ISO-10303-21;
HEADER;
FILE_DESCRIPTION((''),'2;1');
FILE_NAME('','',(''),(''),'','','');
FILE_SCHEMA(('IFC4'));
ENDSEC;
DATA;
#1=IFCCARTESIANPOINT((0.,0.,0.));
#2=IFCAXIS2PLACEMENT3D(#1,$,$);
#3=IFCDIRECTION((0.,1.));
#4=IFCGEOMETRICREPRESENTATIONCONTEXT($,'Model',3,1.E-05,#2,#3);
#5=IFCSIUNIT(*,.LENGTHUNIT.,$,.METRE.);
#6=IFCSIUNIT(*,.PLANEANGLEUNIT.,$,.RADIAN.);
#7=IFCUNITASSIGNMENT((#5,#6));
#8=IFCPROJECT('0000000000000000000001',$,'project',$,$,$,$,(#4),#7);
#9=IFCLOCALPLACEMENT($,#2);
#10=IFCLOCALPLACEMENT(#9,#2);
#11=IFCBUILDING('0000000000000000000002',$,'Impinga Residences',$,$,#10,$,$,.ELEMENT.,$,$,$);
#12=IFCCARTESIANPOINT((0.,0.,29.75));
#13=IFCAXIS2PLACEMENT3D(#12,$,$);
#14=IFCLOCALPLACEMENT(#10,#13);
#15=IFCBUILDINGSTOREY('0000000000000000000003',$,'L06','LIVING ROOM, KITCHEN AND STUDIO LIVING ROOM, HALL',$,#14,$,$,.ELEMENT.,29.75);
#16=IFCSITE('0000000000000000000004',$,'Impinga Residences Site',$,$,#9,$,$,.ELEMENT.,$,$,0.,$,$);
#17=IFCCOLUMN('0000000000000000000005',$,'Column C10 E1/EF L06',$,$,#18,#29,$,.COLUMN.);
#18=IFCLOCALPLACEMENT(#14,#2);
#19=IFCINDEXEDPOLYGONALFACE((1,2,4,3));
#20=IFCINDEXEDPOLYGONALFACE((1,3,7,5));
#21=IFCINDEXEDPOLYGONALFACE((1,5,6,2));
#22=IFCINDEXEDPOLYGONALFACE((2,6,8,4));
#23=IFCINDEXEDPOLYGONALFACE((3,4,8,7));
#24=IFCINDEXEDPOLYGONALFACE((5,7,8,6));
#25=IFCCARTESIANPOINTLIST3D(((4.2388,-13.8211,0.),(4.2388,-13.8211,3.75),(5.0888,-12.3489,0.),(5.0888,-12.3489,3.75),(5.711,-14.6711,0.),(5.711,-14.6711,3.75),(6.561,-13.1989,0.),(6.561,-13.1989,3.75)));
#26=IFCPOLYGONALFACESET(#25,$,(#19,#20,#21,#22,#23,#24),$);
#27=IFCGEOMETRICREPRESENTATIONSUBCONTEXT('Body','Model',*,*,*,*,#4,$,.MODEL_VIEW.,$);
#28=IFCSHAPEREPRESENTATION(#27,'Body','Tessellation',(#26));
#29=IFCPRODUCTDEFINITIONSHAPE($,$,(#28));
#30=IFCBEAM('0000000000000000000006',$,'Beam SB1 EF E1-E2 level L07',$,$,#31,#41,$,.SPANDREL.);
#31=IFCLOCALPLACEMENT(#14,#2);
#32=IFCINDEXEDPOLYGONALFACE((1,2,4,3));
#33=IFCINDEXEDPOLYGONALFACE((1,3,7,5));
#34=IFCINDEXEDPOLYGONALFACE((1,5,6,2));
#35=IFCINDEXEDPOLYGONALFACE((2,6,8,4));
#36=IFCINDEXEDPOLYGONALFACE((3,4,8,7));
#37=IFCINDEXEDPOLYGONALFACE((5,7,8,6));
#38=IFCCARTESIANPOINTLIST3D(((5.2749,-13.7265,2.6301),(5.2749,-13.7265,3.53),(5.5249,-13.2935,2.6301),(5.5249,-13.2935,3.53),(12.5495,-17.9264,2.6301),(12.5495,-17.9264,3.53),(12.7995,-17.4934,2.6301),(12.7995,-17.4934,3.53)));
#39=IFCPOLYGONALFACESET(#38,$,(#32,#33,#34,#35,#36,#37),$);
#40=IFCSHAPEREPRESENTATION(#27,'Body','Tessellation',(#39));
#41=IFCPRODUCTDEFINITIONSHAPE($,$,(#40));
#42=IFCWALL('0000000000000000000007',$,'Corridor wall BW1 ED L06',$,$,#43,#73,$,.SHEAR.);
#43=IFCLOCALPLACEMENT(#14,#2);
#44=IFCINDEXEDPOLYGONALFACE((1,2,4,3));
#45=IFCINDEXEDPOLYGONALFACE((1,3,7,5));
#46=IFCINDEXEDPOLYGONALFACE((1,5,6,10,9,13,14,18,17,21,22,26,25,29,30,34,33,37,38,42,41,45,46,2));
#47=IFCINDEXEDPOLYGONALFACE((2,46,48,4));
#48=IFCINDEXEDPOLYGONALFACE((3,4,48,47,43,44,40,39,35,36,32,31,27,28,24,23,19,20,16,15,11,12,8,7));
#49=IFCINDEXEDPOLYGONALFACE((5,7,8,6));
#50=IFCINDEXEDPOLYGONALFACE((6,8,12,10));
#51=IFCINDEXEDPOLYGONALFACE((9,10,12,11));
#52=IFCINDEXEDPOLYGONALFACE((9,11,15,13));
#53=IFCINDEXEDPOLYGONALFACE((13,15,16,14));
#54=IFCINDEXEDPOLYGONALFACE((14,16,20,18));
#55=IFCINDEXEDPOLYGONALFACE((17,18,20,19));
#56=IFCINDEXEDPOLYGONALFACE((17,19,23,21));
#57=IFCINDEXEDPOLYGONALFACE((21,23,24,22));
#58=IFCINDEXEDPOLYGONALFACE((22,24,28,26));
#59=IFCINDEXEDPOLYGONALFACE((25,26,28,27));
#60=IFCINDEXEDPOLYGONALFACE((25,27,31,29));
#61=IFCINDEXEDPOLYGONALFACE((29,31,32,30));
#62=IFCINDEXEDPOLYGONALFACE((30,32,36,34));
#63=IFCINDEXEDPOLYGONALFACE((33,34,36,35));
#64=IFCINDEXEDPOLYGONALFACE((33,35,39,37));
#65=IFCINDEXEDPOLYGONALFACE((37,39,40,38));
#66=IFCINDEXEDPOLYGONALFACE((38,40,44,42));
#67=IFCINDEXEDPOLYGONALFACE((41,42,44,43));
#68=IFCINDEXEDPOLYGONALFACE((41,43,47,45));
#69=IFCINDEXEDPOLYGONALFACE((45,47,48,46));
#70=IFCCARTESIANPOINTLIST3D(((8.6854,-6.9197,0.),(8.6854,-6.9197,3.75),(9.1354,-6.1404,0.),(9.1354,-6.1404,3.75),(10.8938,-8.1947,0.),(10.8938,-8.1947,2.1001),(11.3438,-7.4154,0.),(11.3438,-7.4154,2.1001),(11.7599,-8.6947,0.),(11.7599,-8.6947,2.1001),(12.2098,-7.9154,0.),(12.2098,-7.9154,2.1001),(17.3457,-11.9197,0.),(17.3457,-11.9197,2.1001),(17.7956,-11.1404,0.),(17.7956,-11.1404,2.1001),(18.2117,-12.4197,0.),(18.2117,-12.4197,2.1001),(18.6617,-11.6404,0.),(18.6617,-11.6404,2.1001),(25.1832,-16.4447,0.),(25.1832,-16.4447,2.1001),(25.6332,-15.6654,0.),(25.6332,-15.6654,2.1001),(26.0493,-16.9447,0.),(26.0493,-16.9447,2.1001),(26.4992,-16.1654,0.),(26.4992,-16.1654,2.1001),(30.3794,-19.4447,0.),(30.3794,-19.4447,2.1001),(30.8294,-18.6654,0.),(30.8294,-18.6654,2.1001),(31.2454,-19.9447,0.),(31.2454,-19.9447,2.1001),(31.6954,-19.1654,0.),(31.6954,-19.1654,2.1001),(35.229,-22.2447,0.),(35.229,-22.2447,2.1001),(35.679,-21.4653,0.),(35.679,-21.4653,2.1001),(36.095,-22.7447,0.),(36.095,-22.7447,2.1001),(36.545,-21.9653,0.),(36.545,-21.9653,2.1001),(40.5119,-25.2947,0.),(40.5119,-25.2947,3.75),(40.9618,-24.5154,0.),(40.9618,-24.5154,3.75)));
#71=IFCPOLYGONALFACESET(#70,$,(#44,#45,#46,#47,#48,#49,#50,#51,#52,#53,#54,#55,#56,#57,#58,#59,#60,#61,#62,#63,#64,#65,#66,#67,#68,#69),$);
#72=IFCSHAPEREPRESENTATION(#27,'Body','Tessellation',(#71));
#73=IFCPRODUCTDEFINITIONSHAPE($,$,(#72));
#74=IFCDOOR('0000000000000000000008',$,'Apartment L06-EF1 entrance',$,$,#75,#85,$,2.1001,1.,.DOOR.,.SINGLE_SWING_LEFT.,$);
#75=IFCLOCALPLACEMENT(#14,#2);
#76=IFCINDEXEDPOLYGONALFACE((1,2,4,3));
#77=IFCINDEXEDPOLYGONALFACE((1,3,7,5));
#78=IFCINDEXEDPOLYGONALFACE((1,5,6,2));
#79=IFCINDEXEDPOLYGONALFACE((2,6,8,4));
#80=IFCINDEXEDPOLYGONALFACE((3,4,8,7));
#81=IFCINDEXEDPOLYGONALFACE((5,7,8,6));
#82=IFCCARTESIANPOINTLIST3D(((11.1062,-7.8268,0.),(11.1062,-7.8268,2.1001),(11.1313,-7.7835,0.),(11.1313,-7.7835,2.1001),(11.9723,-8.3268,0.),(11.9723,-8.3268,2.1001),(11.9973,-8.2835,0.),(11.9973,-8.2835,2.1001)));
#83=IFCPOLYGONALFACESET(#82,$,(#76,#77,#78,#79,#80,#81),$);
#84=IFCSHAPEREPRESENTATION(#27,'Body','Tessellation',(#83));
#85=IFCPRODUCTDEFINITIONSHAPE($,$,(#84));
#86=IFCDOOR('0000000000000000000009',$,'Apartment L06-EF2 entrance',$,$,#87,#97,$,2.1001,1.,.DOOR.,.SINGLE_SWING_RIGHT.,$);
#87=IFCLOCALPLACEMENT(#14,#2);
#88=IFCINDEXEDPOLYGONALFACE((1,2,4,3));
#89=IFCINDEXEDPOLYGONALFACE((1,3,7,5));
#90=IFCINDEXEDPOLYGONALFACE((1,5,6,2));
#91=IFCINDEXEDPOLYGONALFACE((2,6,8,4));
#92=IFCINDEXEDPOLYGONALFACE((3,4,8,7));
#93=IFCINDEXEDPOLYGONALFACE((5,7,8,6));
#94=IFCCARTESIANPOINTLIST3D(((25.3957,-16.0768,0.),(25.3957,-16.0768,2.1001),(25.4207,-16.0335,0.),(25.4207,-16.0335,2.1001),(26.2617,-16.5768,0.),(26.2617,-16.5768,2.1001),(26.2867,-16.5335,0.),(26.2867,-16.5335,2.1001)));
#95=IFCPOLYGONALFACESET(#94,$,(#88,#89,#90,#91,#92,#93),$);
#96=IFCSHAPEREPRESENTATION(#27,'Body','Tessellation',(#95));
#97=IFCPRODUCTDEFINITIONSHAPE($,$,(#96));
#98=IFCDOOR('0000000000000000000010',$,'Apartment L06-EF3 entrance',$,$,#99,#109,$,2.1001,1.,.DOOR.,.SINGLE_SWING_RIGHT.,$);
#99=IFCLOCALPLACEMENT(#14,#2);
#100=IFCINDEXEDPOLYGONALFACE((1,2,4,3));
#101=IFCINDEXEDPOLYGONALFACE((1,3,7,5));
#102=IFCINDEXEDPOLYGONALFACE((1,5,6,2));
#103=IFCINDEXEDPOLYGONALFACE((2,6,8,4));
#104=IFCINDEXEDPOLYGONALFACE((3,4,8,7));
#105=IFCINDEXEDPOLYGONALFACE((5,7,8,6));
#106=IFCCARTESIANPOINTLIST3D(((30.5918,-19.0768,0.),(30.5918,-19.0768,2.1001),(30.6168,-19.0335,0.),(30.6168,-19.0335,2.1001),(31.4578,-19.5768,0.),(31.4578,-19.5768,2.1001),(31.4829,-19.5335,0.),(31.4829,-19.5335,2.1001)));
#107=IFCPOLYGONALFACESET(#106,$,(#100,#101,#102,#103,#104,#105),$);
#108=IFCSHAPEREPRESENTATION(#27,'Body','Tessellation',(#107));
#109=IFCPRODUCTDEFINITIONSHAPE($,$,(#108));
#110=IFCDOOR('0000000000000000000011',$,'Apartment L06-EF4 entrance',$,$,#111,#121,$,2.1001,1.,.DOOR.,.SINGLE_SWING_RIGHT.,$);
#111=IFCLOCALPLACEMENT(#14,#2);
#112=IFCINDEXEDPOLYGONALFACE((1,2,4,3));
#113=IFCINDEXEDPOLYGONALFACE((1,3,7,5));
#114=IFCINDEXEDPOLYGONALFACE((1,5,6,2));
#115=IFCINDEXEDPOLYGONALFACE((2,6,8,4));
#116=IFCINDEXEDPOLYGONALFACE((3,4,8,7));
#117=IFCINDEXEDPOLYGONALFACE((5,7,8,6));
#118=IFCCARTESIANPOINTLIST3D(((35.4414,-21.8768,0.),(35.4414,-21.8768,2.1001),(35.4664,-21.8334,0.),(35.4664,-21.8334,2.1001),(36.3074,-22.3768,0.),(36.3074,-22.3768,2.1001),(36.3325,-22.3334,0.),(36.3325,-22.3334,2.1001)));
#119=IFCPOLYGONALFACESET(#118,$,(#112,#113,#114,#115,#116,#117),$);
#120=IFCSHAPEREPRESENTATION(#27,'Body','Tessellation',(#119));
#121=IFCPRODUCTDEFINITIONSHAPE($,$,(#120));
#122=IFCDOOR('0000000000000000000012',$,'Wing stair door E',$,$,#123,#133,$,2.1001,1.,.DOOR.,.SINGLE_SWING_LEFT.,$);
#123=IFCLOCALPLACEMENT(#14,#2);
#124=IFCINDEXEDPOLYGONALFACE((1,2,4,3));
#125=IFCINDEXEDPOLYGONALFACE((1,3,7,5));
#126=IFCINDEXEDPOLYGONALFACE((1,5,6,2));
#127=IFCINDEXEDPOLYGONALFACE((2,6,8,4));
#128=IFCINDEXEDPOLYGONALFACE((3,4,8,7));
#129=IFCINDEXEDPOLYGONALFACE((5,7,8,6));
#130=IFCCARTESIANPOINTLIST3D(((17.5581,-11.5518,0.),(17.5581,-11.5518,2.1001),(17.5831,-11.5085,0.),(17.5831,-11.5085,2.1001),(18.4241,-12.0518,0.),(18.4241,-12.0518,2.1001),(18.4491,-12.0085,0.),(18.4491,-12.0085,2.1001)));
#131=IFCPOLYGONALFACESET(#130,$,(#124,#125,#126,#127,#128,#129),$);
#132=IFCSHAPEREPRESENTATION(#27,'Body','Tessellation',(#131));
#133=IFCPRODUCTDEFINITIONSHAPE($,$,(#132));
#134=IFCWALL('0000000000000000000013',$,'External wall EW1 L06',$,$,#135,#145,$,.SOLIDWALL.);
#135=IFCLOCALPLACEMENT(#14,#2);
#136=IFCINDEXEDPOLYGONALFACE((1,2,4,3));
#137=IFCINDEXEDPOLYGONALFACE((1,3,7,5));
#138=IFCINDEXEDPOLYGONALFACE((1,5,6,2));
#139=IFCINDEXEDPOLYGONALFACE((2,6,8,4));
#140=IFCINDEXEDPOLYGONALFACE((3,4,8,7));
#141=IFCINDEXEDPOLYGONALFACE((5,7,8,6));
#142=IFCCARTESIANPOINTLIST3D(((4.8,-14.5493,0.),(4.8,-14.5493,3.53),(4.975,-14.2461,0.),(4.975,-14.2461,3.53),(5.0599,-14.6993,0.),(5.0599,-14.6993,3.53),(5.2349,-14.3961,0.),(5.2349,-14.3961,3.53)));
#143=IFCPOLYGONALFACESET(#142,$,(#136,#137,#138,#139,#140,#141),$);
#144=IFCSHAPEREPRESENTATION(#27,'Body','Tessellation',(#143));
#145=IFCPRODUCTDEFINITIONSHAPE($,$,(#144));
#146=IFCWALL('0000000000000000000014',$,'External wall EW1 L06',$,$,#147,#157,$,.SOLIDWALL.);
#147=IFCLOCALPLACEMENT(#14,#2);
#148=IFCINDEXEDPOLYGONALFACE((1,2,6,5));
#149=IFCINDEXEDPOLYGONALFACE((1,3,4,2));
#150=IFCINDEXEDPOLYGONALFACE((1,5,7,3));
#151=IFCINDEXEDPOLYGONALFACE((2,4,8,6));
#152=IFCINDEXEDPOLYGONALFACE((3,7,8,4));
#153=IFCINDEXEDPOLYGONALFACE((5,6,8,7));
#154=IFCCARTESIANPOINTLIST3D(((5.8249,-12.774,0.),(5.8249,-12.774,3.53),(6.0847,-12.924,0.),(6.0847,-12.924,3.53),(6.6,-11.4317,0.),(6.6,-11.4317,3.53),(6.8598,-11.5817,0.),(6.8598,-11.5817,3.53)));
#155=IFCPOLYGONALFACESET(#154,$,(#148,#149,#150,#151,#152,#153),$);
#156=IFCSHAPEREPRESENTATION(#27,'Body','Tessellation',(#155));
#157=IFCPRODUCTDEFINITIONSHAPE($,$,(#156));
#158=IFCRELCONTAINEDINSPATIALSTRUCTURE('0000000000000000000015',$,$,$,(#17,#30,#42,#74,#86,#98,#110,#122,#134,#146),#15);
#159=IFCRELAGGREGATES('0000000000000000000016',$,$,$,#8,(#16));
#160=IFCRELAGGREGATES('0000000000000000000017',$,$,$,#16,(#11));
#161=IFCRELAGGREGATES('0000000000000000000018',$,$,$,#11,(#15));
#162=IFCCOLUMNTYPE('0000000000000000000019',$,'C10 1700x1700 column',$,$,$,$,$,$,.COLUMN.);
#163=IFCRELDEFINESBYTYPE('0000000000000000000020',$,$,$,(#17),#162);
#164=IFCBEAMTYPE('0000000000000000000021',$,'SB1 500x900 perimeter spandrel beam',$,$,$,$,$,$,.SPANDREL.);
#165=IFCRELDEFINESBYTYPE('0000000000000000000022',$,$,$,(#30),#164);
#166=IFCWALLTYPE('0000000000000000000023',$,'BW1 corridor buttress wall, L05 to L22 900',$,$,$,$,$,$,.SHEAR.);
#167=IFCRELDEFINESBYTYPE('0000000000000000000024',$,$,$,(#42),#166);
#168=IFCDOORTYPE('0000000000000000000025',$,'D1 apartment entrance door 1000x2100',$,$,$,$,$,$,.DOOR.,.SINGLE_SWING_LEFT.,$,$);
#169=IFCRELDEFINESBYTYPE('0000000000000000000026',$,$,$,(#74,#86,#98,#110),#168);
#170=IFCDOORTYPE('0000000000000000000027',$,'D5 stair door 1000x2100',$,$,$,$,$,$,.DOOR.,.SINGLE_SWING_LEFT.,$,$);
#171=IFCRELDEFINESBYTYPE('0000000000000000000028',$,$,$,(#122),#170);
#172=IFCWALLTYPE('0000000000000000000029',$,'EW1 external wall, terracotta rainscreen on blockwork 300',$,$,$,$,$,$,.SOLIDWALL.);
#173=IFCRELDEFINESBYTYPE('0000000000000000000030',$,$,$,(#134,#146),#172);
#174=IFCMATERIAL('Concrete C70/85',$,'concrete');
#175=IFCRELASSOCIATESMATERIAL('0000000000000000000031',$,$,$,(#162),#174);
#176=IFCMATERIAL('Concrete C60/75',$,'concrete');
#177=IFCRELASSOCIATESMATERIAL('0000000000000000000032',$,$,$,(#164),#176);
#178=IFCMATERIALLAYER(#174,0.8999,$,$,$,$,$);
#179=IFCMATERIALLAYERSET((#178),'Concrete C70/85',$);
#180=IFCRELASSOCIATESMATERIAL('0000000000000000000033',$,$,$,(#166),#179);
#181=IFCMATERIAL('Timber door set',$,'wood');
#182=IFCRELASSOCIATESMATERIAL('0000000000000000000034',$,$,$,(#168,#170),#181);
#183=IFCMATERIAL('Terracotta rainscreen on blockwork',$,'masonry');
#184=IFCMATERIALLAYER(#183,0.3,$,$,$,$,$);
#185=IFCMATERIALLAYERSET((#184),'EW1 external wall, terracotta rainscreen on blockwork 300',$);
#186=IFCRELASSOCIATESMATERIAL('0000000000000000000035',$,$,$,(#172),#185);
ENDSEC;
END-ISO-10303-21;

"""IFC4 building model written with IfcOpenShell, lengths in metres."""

from ifc_helpers import new_model, si_unit, direction, frame, frame_2d, origin, origin_2d, place, context, subcontext, project, spatial, rectangle, extrude, material, layer, layer_set, material_profile, profile_set, type_object, element, fill, save


model = new_model("IFC4")

# Units and contexts
model_context = context("Model", 3, precision=1e-05, world=origin(), true_north=direction((0.0, 1.0)))
body_context = subcontext(model_context, "Body", "Model", "MODEL_VIEW")
ifc_project = project(units=[si_unit("LENGTHUNIT", "METRE"), si_unit("PLANEANGLEUNIT", "RADIAN")], contexts=[model_context])

# Site, building, storey
site_placement = place(None, origin())
site = spatial("IfcSite", under=ifc_project, at=site_placement, Name="Impinga Residences Site", CompositionType="ELEMENT", RefElevation=0.0)
building_placement = place(site_placement, origin())
building = spatial("IfcBuilding", under=site, at=building_placement, Name="Impinga Residences", CompositionType="ELEMENT")
storey_placement = place(building_placement, frame((0.0, 0.0, 29.75)))
storey = spatial("IfcBuildingStorey", under=building, at=storey_placement, Name="L06", Description="LIVING ROOM, KITCHEN AND STUDIO LIVING ROOM, HALL", CompositionType="ELEMENT", Elevation=29.75)

# Column
ifc_material_1 = material(Name="Concrete C70/85", Category="concrete")
ifc_material_profile_1 = material_profile(ifc_material_1, rectangle(XDim=1.7, YDim=1.7, at=origin_2d()), Name="RC 1700x1700")
ifc_profile_set_1 = profile_set([ifc_material_profile_1], Name="Concrete C70/85")
column_type = type_object("IfcColumnType", Name="C10 1700x1700 column", PredefinedType="COLUMN", material=ifc_profile_set_1)
column_placement = place(storey_placement, frame((5.3999, -13.51, 0.0), z_axis=(0.0, 0.0, 1.0), x_axis=(-0.5, -0.866025, 0.0)))
element("IfcColumn", 1, at=column_placement, inside=storey, type_object=column_type, Name="Column C10 E1/EF L06", PredefinedType="COLUMN", context=body_context, shape_type="SweptSolid", body=[
    extrude(rectangle(XDim=1.7, YDim=1.7, at=origin_2d()), origin(), (0.0, 0.0, 1.0), 3.75),
])

# Beam
ifc_material_2 = material(Name="Concrete C60/75", Category="concrete")
ifc_material_profile_2 = material_profile(ifc_material_2, rectangle(XDim=0.5, YDim=0.8999, at=origin_2d()), Name="RC 500x900")
ifc_profile_set_2 = profile_set([ifc_material_profile_2], Name="Concrete C60/75")
beam_type = type_object("IfcBeamType", Name="SB1 500x900 perimeter spandrel beam", PredefinedType="SPANDREL", material=ifc_profile_set_2)
beam_placement = place(storey_placement, frame((5.3999, -13.51, 3.0801), z_axis=(0.866029, -0.499993, 0.0), x_axis=(0.499993, 0.866029, 0.0)))
element("IfcBeam", 2, at=beam_placement, inside=storey, type_object=beam_type, Name="Beam SB1 EF E1-E2 level L07", PredefinedType="SPANDREL", context=body_context, shape_type="SweptSolid", body=[
    extrude(rectangle(XDim=0.5, YDim=0.8999, at=origin_2d()), origin(), (0.0, 0.0, 1.0), 8.3999),
])

# Wall, openings, doors
ifc_layer_1 = layer(ifc_material_1, 0.8999)
ifc_layer_set_1 = layer_set([ifc_layer_1], Name="Concrete C70/85")
wall_type_1 = type_object("IfcWallType", Name="BW1 corridor buttress wall, L05 to L22 900", PredefinedType="SHEAR", material=ifc_layer_set_1)
wall_1_placement = place(storey_placement, frame((8.9104, -6.53, 0.0), z_axis=(0.0, 0.0, 1.0), x_axis=(0.866025, -0.5, 0.0)))
wall_1 = element("IfcWall", 3, at=wall_1_placement, inside=storey, type_object=wall_type_1, Name="Corridor wall BW1 ED L06", PredefinedType="SHEAR", context=body_context, shape_type="SweptSolid", body=[
    extrude(rectangle(XDim=36.75, YDim=0.8999, at=frame_2d((18.375, 0.0))), origin(), (0.0, 0.0, 1.0), 3.75),
])
opening_1_placement = place(wall_1_placement, frame((10.0, 0.0, 0.0)))
opening_1 = element("IfcOpeningElement", 4, at=opening_1_placement, cuts=wall_1, PredefinedType="OPENING", context=body_context, shape_type="SweptSolid", body=[
    extrude(rectangle(XDim=1.0, YDim=2.1001, at=frame_2d((0.5, 1.05))), frame((0.0, 0.46, 0.0), z_axis=(0.0, -1.0, 0.0), x_axis=(1.0, 0.0, 0.0)), (0.0, 0.0, 1.0), 0.9199),
])
opening_2_placement = place(wall_1_placement, frame((2.55, 0.0, 0.0)))
opening_2 = element("IfcOpeningElement", 5, at=opening_2_placement, cuts=wall_1, PredefinedType="OPENING", context=body_context, shape_type="SweptSolid", body=[
    extrude(rectangle(XDim=1.0, YDim=2.1001, at=frame_2d((0.5, 1.05))), frame((0.0, 0.46, 0.0), z_axis=(0.0, -1.0, 0.0), x_axis=(1.0, 0.0, 0.0)), (0.0, 0.0, 1.0), 0.9199),
])
opening_3_placement = place(wall_1_placement, frame((19.05, 0.0, 0.0)))
opening_3 = element("IfcOpeningElement", 6, at=opening_3_placement, cuts=wall_1, PredefinedType="OPENING", context=body_context, shape_type="SweptSolid", body=[
    extrude(rectangle(XDim=1.0, YDim=2.1001, at=frame_2d((0.5, 1.05))), frame((0.0, 0.46, 0.0), z_axis=(0.0, -1.0, 0.0), x_axis=(1.0, 0.0, 0.0)), (0.0, 0.0, 1.0), 0.9199),
])
opening_4_placement = place(wall_1_placement, frame((25.05, 0.0, 0.0)))
opening_4 = element("IfcOpeningElement", 7, at=opening_4_placement, cuts=wall_1, PredefinedType="OPENING", context=body_context, shape_type="SweptSolid", body=[
    extrude(rectangle(XDim=1.0, YDim=2.1001, at=frame_2d((0.5, 1.05))), frame((0.0, 0.46, 0.0), z_axis=(0.0, -1.0, 0.0), x_axis=(1.0, 0.0, 0.0)), (0.0, 0.0, 1.0), 0.9199),
])
opening_5_placement = place(wall_1_placement, frame((30.6499, 0.0, 0.0)))
opening_5 = element("IfcOpeningElement", 8, at=opening_5_placement, cuts=wall_1, PredefinedType="OPENING", context=body_context, shape_type="SweptSolid", body=[
    extrude(rectangle(XDim=1.0, YDim=2.1001, at=frame_2d((0.5, 1.05))), frame((0.0, 0.46, 0.0), z_axis=(0.0, -1.0, 0.0), x_axis=(1.0, 0.0, 0.0)), (0.0, 0.0, 1.0), 0.9199),
])
ifc_material_3 = material(Name="Timber door set", Category="wood")
door_type_1 = type_object("IfcDoorType", Name="D1 apartment entrance door 1000x2100", OperationType="SINGLE_SWING_LEFT", PredefinedType="DOOR", material=ifc_material_3)
door_1_placement = place(opening_2_placement, origin())
door_1 = element("IfcDoor", 9, at=door_1_placement, inside=storey, type_object=door_type_1, Name="Apartment L06-EF1 entrance", OperationType="SINGLE_SWING_LEFT", OverallHeight=2.1001, OverallWidth=1.0, PredefinedType="DOOR", context=body_context, shape_type="SweptSolid", body=[
    extrude(rectangle(XDim=1.0, YDim=2.1001, at=frame_2d((0.5, 1.05))), frame((0.0, 0.0249, 0.0), z_axis=(0.0, -1.0, 0.0), x_axis=(1.0, 0.0, 0.0)), (0.0, 0.0, 1.0), 0.05),
])
fill(opening_2, door_1)
door_2_placement = place(opening_3_placement, origin())
door_2 = element("IfcDoor", 10, at=door_2_placement, inside=storey, type_object=door_type_1, Name="Apartment L06-EF2 entrance", OperationType="SINGLE_SWING_RIGHT", OverallHeight=2.1001, OverallWidth=1.0, PredefinedType="DOOR", context=body_context, shape_type="SweptSolid", body=[
    extrude(rectangle(XDim=1.0, YDim=2.1001, at=frame_2d((0.5, 1.05))), frame((0.0, 0.0249, 0.0), z_axis=(0.0, -1.0, 0.0), x_axis=(1.0, 0.0, 0.0)), (0.0, 0.0, 1.0), 0.05),
])
fill(opening_3, door_2)
door_3_placement = place(opening_4_placement, origin())
door_3 = element("IfcDoor", 11, at=door_3_placement, inside=storey, type_object=door_type_1, Name="Apartment L06-EF3 entrance", OperationType="SINGLE_SWING_RIGHT", OverallHeight=2.1001, OverallWidth=1.0, PredefinedType="DOOR", context=body_context, shape_type="SweptSolid", body=[
    extrude(rectangle(XDim=1.0, YDim=2.1001, at=frame_2d((0.5, 1.05))), frame((0.0, 0.0249, 0.0), z_axis=(0.0, -1.0, 0.0), x_axis=(1.0, 0.0, 0.0)), (0.0, 0.0, 1.0), 0.05),
])
fill(opening_4, door_3)
door_4_placement = place(opening_5_placement, origin())
door_4 = element("IfcDoor", 12, at=door_4_placement, inside=storey, type_object=door_type_1, Name="Apartment L06-EF4 entrance", OperationType="SINGLE_SWING_RIGHT", OverallHeight=2.1001, OverallWidth=1.0, PredefinedType="DOOR", context=body_context, shape_type="SweptSolid", body=[
    extrude(rectangle(XDim=1.0, YDim=2.1001, at=frame_2d((0.5, 1.05))), frame((0.0, 0.0249, 0.0), z_axis=(0.0, -1.0, 0.0), x_axis=(1.0, 0.0, 0.0)), (0.0, 0.0, 1.0), 0.05),
])
fill(opening_5, door_4)
door_type_2 = type_object("IfcDoorType", Name="D5 stair door 1000x2100", OperationType="SINGLE_SWING_LEFT", PredefinedType="DOOR", material=ifc_material_3)
door_5_placement = place(opening_1_placement, origin())
door_5 = element("IfcDoor", 13, at=door_5_placement, inside=storey, type_object=door_type_2, Name="Wing stair door E", OperationType="SINGLE_SWING_LEFT", OverallHeight=2.1001, OverallWidth=1.0, PredefinedType="DOOR", context=body_context, shape_type="SweptSolid", body=[
    extrude(rectangle(XDim=1.0, YDim=2.1001, at=frame_2d((0.5, 1.05))), frame((0.0, 0.0249, 0.0), z_axis=(0.0, -1.0, 0.0), x_axis=(1.0, 0.0, 0.0)), (0.0, 0.0, 1.0), 0.05),
])
fill(opening_1, door_5)

# Walls
ifc_material_4 = material(Name="Terracotta rainscreen on blockwork", Category="masonry")
ifc_layer_2 = layer(ifc_material_4, 0.3)
ifc_layer_set_2 = layer_set([ifc_layer_2], Name="EW1 external wall, terracotta rainscreen on blockwork 300")
wall_type_2 = type_object("IfcWallType", Name="EW1 external wall, terracotta rainscreen on blockwork 300", PredefinedType="SOLIDWALL", material=ifc_layer_set_2)
wall_2_placement = place(storey_placement, frame((4.9299, -14.6243, 0.0), z_axis=(0.0, 0.0, 1.0), x_axis=(0.499964, 0.866046, 0.0)))
element("IfcWall", 14, at=wall_2_placement, inside=storey, type_object=wall_type_2, Name="External wall EW1 L06", PredefinedType="SOLIDWALL", context=body_context, shape_type="SweptSolid", body=[
    extrude(rectangle(XDim=0.3501, YDim=0.3, at=frame_2d((0.175, 0.0))), origin(), (0.0, 0.0, 1.0), 3.53),
])
wall_3_placement = place(storey_placement, frame((5.9548, -12.8489, 0.0), z_axis=(0.0, 0.0, 1.0), x_axis=(0.500086, 0.865976, 0.0)))
element("IfcWall", 15, at=wall_3_placement, inside=storey, type_object=wall_type_2, Name="External wall EW1 L06", PredefinedType="SOLIDWALL", context=body_context, shape_type="SweptSolid", body=[
    extrude(rectangle(XDim=1.55, YDim=0.3, at=frame_2d((0.7749, 0.0))), origin(), (0.0, 0.0, 1.0), 3.53),
])

save(model, "model.ifc")
